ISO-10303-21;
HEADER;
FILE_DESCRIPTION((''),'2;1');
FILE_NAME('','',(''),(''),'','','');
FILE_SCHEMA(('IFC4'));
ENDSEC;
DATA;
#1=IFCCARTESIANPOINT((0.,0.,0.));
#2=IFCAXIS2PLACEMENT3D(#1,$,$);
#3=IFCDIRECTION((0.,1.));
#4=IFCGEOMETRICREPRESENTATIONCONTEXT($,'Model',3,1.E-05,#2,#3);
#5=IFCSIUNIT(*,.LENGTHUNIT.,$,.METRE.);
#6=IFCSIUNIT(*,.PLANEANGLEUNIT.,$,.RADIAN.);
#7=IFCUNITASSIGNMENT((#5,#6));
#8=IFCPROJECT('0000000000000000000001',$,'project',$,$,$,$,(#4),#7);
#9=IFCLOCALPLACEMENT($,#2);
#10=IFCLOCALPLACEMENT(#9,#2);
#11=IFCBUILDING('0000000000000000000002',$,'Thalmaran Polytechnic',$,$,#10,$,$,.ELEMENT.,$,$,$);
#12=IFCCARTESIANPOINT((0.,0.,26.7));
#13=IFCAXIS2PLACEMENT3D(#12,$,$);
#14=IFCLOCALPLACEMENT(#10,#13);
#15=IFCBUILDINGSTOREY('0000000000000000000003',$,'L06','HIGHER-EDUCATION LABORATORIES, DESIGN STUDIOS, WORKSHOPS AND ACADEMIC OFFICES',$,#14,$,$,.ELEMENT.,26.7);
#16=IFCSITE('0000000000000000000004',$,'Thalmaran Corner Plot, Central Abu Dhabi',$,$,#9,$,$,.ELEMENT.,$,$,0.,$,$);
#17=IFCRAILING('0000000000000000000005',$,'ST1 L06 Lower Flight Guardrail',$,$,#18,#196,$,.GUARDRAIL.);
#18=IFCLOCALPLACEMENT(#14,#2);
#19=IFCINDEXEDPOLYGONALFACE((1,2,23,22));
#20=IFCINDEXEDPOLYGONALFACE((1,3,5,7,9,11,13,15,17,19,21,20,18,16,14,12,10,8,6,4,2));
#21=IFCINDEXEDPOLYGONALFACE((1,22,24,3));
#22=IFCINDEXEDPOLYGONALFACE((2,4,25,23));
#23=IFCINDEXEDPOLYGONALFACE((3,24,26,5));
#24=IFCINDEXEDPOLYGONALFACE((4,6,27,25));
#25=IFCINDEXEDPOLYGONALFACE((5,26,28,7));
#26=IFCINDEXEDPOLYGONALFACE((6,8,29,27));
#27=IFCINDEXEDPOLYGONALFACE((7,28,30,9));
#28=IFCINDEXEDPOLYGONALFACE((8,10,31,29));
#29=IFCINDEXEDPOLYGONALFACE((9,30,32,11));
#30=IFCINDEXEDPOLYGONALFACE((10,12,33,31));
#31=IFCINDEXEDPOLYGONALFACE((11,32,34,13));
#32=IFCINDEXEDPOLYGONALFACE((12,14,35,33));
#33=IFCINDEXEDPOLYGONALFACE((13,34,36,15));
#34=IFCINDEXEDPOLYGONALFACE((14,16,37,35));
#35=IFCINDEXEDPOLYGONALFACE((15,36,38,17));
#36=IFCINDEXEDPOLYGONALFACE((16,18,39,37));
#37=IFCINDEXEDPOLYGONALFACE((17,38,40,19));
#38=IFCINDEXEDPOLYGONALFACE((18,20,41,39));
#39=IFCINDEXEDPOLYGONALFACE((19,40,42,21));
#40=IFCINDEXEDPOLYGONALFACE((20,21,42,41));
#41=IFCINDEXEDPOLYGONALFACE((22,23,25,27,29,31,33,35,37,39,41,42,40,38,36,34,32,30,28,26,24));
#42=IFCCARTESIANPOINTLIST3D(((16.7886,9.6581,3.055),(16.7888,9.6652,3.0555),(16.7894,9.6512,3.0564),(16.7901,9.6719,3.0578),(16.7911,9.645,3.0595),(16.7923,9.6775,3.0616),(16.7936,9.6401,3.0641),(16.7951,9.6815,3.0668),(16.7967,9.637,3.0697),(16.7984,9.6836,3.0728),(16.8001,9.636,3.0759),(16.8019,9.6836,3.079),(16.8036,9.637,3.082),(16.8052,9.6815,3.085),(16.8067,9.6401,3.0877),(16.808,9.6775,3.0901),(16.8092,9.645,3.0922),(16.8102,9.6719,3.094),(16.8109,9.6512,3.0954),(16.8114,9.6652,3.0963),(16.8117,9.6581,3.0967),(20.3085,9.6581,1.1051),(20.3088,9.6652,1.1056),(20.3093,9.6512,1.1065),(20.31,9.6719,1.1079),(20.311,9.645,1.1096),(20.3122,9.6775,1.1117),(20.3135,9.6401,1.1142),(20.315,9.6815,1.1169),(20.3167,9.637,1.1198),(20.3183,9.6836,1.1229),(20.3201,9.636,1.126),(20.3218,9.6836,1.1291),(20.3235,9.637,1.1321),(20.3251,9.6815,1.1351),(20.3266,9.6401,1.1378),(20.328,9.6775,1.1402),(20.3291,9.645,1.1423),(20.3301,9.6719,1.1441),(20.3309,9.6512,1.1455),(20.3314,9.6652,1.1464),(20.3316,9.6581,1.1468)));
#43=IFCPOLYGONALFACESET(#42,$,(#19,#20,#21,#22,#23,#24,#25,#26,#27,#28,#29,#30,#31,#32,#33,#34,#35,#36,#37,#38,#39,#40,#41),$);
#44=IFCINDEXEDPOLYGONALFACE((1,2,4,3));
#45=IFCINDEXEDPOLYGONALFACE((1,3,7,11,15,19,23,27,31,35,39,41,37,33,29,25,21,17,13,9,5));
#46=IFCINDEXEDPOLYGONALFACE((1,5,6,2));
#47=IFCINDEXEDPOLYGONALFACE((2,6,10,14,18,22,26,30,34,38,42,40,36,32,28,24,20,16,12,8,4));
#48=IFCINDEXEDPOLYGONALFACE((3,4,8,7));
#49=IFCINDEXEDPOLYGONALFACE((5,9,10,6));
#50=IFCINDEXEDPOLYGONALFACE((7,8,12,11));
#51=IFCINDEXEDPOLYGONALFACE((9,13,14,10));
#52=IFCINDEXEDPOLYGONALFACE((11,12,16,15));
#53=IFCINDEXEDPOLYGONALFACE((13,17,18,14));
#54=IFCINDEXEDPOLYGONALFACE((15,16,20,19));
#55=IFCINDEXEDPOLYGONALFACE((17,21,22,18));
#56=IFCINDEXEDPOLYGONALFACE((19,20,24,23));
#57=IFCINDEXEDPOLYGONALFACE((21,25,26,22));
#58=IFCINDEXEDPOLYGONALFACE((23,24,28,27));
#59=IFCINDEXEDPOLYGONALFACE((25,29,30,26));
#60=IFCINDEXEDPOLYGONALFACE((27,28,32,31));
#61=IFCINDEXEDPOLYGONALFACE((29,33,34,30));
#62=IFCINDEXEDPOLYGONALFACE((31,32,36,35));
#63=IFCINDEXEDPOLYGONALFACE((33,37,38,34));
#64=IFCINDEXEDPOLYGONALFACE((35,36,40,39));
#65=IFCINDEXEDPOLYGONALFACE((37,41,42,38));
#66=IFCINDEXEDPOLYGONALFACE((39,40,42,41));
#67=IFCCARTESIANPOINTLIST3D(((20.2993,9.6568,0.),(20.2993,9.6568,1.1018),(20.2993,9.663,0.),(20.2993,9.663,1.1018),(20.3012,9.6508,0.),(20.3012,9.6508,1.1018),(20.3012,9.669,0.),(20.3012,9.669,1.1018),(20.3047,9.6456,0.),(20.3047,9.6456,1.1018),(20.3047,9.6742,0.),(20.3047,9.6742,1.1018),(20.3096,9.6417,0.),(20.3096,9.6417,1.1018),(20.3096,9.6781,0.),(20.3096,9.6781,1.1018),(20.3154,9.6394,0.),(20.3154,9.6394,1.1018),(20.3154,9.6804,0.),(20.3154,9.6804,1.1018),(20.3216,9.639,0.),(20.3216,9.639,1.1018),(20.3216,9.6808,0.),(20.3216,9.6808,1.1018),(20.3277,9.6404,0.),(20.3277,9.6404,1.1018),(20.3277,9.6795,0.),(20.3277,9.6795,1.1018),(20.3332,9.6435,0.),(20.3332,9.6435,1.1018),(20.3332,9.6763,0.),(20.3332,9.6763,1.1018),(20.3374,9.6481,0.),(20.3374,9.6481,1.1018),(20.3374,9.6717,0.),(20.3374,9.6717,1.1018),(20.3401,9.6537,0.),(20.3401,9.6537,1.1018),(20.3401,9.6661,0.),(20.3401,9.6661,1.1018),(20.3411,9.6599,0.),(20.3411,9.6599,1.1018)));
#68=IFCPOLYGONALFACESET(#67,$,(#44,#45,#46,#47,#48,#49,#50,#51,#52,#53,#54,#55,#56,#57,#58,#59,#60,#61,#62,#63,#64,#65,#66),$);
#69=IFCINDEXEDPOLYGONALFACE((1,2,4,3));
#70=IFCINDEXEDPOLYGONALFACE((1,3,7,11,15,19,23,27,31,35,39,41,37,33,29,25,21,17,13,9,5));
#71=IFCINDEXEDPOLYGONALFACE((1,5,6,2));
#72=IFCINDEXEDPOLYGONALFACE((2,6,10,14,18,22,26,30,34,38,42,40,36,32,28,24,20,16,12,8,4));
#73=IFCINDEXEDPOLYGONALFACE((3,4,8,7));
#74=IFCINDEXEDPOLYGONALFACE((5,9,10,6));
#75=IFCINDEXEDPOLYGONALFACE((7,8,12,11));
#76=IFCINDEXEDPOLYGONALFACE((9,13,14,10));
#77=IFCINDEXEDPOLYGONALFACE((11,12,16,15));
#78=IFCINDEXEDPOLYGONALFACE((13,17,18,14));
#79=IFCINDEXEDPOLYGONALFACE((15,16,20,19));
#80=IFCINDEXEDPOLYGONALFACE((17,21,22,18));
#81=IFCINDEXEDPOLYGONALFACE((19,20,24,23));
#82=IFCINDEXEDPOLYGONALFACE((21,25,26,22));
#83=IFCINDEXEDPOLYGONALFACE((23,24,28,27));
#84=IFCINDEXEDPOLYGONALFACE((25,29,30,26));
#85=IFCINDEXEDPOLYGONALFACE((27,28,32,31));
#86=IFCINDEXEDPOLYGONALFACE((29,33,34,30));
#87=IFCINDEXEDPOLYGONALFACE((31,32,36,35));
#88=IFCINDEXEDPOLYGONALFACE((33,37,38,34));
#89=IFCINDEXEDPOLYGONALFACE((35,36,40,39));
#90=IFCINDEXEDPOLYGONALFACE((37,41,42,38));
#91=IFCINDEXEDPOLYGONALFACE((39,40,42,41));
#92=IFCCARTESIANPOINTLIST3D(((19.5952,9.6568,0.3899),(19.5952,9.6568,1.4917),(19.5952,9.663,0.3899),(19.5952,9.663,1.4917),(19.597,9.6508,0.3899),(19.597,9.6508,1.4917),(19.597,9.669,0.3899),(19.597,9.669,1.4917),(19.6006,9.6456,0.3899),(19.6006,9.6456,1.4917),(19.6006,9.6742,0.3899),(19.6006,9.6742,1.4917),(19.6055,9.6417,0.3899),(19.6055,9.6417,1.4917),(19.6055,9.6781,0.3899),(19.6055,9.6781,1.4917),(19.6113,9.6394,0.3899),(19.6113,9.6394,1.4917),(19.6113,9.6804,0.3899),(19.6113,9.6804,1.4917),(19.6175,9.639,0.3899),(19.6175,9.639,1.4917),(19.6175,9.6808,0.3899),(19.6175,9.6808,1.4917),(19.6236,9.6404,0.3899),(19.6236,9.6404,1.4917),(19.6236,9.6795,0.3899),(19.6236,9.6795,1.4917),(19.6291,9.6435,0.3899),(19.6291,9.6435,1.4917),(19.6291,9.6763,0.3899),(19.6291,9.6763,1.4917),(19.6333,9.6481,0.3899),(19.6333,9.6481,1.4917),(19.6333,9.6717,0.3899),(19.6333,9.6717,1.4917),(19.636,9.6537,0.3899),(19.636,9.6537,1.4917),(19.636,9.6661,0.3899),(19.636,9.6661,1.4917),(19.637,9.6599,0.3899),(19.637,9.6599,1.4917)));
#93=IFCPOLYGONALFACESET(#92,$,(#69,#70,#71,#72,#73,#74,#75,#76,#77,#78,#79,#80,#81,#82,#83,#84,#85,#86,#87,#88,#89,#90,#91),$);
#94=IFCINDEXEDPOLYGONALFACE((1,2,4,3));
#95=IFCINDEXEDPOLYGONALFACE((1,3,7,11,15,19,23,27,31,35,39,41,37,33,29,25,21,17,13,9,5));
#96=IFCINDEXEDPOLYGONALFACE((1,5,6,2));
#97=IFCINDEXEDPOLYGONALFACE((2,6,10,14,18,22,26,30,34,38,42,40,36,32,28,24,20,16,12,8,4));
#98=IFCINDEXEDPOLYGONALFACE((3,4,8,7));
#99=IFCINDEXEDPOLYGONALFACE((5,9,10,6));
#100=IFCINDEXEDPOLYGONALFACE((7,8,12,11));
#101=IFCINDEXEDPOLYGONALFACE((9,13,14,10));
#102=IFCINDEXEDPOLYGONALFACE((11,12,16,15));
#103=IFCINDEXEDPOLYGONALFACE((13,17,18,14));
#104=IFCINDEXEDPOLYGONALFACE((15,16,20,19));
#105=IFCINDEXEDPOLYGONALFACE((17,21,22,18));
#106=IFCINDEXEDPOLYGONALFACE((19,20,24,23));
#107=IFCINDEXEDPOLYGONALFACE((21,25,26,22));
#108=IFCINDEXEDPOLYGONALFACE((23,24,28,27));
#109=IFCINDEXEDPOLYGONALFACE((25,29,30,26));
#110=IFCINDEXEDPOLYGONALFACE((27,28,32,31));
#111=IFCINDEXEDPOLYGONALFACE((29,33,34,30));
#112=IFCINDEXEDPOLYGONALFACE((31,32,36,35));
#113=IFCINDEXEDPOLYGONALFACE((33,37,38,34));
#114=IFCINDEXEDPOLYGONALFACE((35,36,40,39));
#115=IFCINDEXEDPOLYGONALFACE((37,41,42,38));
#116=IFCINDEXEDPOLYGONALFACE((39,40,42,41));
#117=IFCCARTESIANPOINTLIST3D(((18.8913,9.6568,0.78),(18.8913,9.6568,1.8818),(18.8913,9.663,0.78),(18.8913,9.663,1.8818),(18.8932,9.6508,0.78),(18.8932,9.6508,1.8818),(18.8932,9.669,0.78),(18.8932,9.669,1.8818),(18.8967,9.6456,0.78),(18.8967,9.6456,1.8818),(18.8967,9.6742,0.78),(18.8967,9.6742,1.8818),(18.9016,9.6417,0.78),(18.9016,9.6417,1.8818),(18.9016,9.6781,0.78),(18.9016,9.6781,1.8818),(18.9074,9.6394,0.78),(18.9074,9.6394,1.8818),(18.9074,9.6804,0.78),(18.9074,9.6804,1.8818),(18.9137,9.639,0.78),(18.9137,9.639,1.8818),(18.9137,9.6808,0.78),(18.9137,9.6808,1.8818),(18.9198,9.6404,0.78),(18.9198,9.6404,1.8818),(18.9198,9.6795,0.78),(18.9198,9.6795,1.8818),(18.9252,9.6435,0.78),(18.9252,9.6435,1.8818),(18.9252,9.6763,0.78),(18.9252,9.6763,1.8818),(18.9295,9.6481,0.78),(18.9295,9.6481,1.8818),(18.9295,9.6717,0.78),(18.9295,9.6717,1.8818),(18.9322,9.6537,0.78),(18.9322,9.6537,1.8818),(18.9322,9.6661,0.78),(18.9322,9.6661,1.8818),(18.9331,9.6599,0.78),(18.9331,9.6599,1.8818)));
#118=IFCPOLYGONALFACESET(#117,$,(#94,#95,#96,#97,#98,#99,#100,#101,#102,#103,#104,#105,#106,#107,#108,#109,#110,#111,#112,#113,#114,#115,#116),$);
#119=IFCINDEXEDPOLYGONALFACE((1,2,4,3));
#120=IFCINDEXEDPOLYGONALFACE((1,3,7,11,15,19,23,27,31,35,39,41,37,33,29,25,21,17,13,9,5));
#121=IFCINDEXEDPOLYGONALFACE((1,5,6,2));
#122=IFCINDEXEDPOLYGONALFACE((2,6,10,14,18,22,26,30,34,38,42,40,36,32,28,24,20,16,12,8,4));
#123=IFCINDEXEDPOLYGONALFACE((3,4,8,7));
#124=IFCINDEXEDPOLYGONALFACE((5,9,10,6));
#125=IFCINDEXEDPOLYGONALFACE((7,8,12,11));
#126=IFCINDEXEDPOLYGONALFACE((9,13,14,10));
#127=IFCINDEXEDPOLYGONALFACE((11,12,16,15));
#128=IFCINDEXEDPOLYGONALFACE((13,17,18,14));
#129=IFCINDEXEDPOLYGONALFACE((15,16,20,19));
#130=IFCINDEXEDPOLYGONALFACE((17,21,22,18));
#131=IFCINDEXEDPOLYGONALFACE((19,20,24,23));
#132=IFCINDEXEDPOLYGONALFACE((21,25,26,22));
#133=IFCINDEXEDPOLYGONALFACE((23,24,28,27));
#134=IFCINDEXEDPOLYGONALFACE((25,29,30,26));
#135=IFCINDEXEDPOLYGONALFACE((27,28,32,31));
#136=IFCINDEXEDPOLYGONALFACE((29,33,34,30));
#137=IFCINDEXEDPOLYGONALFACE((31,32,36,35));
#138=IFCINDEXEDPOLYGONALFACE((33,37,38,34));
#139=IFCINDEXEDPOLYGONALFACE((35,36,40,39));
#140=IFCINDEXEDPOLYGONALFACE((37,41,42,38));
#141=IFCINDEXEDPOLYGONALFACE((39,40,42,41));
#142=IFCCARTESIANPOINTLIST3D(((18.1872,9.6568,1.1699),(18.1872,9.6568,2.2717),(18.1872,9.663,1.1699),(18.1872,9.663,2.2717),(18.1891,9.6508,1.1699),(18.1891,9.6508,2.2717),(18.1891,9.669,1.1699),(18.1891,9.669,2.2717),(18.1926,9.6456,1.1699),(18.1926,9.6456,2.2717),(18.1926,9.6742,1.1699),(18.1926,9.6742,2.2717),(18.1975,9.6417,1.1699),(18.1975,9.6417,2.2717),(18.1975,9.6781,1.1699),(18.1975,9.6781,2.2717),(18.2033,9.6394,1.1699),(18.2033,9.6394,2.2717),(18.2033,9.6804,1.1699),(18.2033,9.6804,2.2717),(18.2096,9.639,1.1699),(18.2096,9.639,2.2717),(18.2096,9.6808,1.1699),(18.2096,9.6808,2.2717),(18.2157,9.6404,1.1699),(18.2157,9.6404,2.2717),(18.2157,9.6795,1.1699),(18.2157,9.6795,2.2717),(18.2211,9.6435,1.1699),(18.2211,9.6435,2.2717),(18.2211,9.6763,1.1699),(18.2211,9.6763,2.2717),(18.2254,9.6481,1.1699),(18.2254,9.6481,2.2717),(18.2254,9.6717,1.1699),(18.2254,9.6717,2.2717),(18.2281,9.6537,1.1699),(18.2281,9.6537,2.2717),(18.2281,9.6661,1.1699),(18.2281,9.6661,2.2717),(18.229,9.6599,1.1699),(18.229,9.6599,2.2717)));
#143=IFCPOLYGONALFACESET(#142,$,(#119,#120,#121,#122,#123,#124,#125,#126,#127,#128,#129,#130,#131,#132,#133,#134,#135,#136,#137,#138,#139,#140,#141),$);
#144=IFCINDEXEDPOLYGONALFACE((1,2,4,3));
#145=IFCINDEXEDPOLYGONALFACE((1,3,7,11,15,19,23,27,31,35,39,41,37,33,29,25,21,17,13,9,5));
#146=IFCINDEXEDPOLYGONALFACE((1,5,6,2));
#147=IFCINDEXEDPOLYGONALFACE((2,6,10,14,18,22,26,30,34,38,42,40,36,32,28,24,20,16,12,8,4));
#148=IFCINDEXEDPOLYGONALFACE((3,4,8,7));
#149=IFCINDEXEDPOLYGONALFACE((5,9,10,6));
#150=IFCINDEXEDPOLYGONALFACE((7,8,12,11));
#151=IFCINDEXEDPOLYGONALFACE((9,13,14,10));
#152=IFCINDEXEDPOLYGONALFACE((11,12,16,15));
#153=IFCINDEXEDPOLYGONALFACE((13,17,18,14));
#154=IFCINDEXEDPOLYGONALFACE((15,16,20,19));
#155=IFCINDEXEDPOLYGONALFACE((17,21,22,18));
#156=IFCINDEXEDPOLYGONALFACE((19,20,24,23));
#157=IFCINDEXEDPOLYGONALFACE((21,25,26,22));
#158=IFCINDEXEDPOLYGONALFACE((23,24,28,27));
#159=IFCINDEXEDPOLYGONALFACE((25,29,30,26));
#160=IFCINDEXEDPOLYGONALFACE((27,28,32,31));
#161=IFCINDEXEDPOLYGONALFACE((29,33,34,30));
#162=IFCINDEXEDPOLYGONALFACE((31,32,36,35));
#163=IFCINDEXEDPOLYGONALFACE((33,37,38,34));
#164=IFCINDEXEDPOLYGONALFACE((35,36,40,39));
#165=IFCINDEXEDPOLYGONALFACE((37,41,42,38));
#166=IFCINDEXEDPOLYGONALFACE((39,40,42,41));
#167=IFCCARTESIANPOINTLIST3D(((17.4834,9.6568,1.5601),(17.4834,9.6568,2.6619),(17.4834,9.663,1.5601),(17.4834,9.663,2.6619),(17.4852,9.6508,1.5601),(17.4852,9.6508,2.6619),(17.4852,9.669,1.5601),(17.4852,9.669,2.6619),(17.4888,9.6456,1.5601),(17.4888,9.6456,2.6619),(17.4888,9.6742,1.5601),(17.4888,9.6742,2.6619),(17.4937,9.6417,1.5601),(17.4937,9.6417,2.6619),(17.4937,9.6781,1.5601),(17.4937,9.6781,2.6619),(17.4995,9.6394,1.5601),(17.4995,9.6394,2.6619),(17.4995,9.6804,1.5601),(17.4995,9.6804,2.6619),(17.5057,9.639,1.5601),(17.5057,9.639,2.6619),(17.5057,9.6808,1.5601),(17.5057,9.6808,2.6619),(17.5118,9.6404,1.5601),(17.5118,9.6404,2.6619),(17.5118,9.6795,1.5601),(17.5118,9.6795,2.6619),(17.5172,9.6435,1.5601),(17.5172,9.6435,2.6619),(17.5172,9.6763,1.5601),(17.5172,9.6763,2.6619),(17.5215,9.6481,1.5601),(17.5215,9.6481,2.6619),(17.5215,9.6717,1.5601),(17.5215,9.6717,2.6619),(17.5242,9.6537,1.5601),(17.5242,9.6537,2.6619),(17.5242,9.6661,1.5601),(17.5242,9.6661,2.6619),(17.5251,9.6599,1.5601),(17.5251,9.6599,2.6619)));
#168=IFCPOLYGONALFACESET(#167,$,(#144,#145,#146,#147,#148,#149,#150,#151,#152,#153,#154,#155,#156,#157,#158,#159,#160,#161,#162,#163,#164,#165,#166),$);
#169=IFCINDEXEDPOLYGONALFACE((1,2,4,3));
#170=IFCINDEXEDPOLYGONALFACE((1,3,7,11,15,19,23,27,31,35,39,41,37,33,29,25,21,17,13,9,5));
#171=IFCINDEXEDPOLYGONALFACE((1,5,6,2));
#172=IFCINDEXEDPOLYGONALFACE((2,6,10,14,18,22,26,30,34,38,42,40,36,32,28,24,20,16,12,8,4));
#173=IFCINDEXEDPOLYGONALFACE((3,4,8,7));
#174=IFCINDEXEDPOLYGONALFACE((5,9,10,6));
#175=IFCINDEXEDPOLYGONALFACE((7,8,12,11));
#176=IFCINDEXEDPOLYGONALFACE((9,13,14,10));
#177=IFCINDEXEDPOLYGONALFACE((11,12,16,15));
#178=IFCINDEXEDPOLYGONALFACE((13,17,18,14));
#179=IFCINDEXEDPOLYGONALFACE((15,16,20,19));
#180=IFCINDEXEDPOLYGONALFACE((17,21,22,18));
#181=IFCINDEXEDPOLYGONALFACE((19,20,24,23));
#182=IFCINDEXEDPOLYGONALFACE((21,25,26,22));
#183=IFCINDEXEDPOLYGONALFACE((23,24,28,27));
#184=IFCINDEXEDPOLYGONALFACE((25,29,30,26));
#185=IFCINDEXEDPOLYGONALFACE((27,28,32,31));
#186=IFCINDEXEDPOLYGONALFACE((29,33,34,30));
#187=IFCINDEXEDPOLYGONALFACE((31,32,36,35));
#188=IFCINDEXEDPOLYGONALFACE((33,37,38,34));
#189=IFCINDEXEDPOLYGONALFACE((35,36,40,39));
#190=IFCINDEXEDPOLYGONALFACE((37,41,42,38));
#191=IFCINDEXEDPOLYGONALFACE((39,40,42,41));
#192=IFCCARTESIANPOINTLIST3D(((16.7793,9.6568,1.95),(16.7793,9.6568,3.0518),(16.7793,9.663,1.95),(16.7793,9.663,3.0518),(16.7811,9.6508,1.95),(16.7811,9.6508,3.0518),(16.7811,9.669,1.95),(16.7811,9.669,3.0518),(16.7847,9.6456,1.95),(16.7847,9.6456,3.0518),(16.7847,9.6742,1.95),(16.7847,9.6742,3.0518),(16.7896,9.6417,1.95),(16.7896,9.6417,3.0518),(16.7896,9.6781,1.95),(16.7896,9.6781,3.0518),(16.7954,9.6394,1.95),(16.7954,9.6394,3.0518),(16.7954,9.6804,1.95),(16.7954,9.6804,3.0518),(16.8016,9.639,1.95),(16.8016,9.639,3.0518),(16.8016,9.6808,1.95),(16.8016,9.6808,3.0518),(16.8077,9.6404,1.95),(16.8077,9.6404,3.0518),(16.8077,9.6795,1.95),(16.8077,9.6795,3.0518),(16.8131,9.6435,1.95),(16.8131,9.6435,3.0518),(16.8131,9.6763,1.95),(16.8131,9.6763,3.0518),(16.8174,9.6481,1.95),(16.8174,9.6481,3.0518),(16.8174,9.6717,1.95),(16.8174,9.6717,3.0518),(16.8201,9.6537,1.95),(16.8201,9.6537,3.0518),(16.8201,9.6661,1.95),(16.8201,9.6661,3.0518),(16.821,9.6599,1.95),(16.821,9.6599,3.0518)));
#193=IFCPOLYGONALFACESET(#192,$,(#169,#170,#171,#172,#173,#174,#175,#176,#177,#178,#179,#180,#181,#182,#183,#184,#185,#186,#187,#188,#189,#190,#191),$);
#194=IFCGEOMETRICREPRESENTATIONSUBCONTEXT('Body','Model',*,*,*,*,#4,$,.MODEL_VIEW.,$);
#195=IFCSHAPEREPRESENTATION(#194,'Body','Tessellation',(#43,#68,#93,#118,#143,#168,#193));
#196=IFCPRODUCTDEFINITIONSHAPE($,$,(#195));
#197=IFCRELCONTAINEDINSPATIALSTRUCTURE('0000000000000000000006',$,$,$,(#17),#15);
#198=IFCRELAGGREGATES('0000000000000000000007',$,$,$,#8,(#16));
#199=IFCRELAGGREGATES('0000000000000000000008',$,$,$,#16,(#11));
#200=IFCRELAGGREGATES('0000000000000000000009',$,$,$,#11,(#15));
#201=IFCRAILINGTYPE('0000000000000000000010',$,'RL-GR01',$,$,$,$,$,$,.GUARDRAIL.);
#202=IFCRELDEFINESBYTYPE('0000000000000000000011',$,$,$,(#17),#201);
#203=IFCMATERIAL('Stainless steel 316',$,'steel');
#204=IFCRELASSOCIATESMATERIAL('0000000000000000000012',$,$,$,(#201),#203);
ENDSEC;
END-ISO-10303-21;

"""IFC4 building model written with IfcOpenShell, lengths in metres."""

from ifc_helpers import new_model, si_unit, direction, frame, origin, origin_2d, place, context, subcontext, project, spatial, circle, extrude, material, type_object, element, save


model = new_model("IFC4")

# Units and contexts
model_context = context("Model", 3, precision=1e-05, world=origin(), true_north=direction((0.0, 1.0)))
body_context = subcontext(model_context, "Body", "Model", "MODEL_VIEW")
ifc_project = project(units=[si_unit("LENGTHUNIT", "METRE"), si_unit("PLANEANGLEUNIT", "RADIAN")], contexts=[model_context])

# Site, building, storey
site_placement = place(None, origin())
site = spatial("IfcSite", under=ifc_project, at=site_placement, Name="Thalmaran Corner Plot, Central Abu Dhabi", CompositionType="ELEMENT", RefElevation=0.0)
building_placement = place(site_placement, origin())
building = spatial("IfcBuilding", under=site, at=building_placement, Name="Thalmaran Polytechnic", CompositionType="ELEMENT")
storey_placement = place(building_placement, frame((0.0, 0.0, 26.7)))
storey = spatial("IfcBuildingStorey", under=building, at=storey_placement, Name="L06", Description="HIGHER-EDUCATION LABORATORIES, DESIGN STUDIOS, WORKSHOPS AND ACADEMIC OFFICES", CompositionType="ELEMENT", Elevation=26.7)

# Railing
ifc_material_1 = material(Name="Stainless steel 316", Category="steel")
railing_type_1 = type_object("IfcRailingType", Name="RL-GR01", PredefinedType="GUARDRAIL", material=ifc_material_1)
railing_1_placement = place(storey_placement, frame((20.3201, 9.6599, 0.0)))
element("IfcRailing", 1, at=railing_1_placement, inside=storey, type_object=railing_type_1, Name="ST1 L06 Lower Flight Guardrail", PredefinedType="GUARDRAIL", context=body_context, shape_type="SweptSolid", body=[
    extrude(circle(Radius=0.0239, at=origin_2d()), frame((0.0, 0.0, 1.126), z_axis=(-0.874749, 0.0, 0.484576), x_axis=(0.0, -1.0, 0.0)), (0.0, 0.0, 1.0), 4.0239),
    extrude(circle(Radius=0.021, at=origin_2d()), origin(), (0.0, 0.0, 1.0), 1.1018),
    extrude(circle(Radius=0.021, at=origin_2d()), frame((-0.7041, 0.0, 0.3899)), (0.0, 0.0, 1.0), 1.1018),
    extrude(circle(Radius=0.021, at=origin_2d()), frame((-1.408, 0.0, 0.78)), (0.0, 0.0, 1.0), 1.1018),
    extrude(circle(Radius=0.021, at=origin_2d()), frame((-2.1121, 0.0, 1.1699)), (0.0, 0.0, 1.0), 1.1018),
    extrude(circle(Radius=0.021, at=origin_2d()), frame((-2.8159, 0.0, 1.5601)), (0.0, 0.0, 1.0), 1.1018),
    extrude(circle(Radius=0.021, at=origin_2d()), frame((-3.52, 0.0, 1.95)), (0.0, 0.0, 1.0), 1.1018),
])

save(model, "model.ifc")
